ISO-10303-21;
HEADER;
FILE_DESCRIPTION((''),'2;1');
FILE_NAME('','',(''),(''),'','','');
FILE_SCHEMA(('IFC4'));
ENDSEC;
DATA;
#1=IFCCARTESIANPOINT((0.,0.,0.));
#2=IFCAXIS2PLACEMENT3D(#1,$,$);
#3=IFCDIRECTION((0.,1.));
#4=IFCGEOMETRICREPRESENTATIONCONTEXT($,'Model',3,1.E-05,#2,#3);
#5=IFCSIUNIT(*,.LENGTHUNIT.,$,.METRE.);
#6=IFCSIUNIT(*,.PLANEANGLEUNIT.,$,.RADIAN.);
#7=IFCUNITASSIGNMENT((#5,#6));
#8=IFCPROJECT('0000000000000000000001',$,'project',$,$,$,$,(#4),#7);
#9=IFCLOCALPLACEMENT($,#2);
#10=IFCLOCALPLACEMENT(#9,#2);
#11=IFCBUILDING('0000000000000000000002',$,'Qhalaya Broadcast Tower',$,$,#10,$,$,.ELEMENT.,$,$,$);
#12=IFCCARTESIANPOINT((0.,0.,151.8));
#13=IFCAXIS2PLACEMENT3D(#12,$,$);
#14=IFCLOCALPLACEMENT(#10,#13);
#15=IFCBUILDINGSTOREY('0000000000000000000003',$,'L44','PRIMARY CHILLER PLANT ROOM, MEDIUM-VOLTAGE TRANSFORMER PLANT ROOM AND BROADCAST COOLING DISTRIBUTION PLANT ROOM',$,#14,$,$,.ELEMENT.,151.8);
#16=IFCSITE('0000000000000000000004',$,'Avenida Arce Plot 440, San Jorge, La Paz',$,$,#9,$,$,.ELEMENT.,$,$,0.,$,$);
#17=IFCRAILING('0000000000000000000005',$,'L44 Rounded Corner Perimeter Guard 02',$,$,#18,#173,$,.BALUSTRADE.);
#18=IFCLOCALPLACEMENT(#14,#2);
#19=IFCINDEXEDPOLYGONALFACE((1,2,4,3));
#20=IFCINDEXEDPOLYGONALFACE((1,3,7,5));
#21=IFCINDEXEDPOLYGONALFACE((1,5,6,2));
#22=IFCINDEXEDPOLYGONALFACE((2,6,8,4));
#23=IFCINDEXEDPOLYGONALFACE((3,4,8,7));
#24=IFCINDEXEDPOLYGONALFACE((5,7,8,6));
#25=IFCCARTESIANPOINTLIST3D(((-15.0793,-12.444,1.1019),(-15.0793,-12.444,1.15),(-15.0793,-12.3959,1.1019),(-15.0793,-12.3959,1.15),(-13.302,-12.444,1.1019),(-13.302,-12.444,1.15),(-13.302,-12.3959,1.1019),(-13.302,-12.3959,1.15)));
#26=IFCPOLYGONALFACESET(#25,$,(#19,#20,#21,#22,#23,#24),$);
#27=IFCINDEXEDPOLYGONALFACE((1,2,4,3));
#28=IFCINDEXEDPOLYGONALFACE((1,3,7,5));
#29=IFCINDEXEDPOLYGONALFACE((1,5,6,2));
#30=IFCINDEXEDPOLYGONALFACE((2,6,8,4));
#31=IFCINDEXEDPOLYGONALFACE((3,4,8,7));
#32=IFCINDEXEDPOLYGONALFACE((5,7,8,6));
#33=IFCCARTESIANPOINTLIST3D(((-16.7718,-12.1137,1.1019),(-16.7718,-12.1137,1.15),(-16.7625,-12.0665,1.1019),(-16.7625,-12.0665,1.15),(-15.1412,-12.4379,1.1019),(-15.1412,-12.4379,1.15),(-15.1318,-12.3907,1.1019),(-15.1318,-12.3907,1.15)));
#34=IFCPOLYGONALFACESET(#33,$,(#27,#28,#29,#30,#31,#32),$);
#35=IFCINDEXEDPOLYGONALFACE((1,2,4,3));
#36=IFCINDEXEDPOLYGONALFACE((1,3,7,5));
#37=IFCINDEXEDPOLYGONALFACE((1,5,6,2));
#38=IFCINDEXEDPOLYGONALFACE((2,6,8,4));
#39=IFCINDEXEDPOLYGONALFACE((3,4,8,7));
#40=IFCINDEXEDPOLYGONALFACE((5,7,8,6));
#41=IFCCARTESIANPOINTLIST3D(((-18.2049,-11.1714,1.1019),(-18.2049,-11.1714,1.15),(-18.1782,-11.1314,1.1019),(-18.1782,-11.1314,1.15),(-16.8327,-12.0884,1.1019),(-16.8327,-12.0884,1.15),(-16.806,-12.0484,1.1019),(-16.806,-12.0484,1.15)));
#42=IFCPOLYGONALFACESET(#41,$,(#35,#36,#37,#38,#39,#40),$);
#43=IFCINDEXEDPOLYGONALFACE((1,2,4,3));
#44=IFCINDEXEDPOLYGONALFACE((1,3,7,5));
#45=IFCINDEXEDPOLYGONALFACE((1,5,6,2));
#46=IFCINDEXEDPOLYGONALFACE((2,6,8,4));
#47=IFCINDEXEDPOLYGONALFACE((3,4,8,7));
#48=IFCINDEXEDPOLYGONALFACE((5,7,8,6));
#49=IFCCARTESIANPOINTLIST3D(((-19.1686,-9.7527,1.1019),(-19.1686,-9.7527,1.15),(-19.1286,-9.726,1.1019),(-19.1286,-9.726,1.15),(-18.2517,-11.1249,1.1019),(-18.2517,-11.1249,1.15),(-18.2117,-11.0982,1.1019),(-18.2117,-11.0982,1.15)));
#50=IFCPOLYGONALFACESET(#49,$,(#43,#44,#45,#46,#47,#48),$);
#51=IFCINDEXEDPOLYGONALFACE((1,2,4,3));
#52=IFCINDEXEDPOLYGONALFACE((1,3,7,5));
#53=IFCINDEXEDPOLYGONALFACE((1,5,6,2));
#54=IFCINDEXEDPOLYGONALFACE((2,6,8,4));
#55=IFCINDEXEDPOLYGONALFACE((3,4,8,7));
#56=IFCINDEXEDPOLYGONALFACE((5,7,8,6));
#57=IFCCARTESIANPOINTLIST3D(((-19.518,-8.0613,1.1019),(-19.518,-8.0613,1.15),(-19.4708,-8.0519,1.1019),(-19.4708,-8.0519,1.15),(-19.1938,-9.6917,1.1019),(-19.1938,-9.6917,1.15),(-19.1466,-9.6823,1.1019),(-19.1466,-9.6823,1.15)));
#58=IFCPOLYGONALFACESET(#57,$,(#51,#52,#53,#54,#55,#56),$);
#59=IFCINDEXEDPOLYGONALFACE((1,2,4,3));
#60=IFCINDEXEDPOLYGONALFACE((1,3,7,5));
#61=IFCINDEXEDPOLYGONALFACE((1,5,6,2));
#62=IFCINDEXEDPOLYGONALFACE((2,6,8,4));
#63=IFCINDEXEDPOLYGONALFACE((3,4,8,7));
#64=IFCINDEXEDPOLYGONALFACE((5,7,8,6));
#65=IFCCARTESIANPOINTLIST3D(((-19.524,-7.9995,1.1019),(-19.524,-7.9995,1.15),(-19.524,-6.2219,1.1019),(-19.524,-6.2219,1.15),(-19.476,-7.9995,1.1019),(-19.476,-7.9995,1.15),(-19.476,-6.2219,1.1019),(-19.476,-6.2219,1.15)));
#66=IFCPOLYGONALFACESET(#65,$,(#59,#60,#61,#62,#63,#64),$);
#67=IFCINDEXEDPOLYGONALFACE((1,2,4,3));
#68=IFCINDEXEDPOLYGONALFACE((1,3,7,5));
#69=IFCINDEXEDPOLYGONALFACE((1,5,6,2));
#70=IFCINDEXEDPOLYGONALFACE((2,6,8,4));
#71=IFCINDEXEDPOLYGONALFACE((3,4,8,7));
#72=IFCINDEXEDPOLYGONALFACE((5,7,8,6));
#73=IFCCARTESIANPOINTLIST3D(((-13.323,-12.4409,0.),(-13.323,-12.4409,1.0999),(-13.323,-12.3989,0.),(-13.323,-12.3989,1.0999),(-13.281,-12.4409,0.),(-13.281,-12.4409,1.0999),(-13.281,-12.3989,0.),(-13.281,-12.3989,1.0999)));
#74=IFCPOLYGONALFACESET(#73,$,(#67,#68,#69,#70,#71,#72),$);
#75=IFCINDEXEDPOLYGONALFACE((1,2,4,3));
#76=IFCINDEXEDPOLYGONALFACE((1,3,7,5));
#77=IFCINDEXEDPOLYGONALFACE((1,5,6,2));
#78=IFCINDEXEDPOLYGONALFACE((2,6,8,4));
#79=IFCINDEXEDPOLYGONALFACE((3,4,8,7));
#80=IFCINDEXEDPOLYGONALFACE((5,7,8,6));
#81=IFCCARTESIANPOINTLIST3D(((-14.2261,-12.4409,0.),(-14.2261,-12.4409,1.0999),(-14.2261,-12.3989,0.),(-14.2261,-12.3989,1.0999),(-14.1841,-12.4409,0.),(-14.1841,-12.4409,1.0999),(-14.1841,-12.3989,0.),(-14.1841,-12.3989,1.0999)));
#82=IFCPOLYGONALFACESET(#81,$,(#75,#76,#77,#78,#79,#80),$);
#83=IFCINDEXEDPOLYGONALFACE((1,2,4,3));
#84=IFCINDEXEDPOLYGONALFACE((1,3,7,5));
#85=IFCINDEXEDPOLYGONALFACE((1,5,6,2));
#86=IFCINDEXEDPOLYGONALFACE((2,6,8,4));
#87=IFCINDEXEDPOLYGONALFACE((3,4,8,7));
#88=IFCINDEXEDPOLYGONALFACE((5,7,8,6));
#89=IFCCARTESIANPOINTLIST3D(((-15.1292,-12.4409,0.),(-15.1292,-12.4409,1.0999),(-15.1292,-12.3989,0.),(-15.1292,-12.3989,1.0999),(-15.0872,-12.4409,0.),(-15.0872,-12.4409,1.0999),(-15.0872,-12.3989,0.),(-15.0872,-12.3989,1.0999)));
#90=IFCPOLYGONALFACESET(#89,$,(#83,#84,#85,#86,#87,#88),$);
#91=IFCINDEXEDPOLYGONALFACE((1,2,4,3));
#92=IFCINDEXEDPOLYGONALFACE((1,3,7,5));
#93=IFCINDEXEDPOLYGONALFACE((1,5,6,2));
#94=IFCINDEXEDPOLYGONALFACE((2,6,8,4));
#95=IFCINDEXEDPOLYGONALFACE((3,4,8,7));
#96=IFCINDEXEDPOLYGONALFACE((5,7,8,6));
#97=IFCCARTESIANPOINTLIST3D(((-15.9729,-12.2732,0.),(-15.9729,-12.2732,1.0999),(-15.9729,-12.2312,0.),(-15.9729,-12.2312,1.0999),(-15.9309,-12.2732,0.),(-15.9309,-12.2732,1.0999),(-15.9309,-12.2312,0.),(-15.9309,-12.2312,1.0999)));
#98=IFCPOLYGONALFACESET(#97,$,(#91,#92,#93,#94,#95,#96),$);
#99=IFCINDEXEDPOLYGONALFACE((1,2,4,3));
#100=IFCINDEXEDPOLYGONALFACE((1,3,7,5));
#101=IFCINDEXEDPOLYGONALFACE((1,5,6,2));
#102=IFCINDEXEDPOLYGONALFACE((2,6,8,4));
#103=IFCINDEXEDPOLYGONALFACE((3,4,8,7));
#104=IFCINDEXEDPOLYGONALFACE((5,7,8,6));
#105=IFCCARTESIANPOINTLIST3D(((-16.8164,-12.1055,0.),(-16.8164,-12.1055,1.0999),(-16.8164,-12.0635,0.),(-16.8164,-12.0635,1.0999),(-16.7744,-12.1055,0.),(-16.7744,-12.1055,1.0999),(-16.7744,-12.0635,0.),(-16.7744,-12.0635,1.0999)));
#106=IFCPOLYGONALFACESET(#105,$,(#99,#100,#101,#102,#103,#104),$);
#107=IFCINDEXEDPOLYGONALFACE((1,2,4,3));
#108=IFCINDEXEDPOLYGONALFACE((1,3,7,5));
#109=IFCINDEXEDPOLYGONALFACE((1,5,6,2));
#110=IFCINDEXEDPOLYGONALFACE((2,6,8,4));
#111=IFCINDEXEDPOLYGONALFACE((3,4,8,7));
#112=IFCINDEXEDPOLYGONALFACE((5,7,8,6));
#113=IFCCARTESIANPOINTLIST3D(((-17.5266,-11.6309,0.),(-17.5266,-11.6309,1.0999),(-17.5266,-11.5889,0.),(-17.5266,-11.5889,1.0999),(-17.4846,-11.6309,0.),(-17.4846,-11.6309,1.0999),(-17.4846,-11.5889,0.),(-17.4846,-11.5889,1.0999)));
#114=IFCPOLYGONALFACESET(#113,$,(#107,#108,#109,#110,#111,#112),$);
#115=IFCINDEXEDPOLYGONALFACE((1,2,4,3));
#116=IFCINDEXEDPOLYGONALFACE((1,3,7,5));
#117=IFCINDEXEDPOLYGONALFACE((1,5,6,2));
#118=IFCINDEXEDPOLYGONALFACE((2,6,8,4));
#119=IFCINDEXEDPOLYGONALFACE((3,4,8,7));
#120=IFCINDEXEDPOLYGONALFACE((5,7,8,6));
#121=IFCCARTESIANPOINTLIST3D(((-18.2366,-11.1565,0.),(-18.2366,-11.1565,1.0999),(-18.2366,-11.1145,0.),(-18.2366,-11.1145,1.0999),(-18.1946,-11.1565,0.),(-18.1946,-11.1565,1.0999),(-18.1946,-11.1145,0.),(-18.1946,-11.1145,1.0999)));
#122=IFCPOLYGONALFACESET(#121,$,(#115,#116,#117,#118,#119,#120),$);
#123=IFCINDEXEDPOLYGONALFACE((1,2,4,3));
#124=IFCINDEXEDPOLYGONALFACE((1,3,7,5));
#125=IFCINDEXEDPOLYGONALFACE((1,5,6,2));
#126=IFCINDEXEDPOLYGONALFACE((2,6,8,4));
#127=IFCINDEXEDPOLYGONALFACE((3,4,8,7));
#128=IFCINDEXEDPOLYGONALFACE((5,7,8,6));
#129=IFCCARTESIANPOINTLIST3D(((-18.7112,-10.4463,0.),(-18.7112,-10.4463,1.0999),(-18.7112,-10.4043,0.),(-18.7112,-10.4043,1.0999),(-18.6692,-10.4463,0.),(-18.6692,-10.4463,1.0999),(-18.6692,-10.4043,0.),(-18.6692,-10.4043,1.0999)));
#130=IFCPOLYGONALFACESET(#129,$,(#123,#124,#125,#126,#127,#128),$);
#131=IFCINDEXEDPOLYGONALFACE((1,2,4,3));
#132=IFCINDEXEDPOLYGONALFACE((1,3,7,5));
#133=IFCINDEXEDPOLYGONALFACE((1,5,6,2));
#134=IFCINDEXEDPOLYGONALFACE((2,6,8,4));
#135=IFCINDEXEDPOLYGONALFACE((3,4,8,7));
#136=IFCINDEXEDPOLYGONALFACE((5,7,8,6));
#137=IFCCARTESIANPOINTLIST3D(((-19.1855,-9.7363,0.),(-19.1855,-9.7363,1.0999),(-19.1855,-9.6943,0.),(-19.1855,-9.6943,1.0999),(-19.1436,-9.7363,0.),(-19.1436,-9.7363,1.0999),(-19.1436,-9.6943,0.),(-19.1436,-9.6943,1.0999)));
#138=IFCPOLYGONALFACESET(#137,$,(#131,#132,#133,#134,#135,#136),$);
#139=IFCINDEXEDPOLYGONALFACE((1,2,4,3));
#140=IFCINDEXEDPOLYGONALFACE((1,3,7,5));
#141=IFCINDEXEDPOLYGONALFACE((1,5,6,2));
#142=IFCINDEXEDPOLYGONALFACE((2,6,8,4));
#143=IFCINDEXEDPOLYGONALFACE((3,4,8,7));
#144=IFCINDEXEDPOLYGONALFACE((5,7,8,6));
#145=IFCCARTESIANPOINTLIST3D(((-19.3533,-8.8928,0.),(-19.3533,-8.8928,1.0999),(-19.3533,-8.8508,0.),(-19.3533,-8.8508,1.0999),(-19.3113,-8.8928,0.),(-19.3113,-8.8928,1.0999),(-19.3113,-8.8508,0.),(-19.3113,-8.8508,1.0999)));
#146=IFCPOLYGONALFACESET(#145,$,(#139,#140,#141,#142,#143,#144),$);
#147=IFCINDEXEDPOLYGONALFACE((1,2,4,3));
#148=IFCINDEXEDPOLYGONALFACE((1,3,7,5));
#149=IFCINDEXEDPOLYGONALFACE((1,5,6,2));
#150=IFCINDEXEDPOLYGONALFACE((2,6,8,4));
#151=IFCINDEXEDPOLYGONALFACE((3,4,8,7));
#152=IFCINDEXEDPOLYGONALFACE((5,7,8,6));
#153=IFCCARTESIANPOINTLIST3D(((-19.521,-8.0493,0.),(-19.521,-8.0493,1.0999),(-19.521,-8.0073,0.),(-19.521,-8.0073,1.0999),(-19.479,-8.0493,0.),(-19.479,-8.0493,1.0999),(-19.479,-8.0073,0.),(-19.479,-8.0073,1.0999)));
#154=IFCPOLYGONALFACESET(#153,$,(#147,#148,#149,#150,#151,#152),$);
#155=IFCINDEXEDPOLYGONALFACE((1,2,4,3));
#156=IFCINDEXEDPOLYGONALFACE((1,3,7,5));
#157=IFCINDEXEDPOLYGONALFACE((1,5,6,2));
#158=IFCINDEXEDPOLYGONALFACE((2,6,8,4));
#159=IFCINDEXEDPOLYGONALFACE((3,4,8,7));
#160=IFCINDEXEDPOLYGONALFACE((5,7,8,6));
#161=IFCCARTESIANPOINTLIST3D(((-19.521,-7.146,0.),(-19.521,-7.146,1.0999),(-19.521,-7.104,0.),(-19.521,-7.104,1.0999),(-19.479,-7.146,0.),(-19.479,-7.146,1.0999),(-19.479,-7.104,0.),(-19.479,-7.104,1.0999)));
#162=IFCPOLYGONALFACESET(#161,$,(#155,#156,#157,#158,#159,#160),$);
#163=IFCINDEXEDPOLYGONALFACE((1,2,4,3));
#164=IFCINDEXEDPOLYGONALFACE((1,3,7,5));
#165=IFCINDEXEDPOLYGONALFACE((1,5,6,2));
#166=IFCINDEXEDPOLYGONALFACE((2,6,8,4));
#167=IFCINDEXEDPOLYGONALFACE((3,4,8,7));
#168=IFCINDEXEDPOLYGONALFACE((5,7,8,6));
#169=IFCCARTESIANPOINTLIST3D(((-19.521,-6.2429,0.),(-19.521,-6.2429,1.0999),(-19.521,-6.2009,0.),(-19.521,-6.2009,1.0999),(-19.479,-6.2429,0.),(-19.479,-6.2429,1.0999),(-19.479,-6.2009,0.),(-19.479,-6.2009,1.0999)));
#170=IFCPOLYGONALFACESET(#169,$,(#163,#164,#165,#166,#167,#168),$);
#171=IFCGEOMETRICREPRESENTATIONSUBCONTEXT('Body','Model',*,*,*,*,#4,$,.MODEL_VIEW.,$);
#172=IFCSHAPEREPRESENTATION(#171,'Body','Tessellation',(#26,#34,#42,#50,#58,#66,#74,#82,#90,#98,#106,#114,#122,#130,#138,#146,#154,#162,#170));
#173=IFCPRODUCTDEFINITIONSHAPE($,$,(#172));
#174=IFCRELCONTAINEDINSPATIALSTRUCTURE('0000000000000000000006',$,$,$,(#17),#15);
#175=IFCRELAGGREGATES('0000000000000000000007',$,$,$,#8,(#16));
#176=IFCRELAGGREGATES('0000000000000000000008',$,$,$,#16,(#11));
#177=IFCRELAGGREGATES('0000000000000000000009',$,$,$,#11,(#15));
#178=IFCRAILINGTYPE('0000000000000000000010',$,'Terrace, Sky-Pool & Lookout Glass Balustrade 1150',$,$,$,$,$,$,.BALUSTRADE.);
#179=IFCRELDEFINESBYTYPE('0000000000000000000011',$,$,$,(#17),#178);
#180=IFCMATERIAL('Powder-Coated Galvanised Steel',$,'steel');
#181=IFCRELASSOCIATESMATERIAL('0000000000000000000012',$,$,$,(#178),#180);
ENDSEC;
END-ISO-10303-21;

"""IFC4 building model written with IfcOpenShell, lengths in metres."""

from ifc_helpers import new_model, si_unit, direction, frame, origin, origin_2d, place, context, subcontext, project, spatial, rectangle, extrude, material, type_object, element, save


model = new_model("IFC4")

# Units and contexts
model_context = context("Model", 3, precision=1e-05, world=origin(), true_north=direction((0.0, 1.0)))
body_context = subcontext(model_context, "Body", "Model", "MODEL_VIEW")
ifc_project = project(units=[si_unit("LENGTHUNIT", "METRE"), si_unit("PLANEANGLEUNIT", "RADIAN")], contexts=[model_context])

# Site, building, storey
site_placement = place(None, origin())
site = spatial("IfcSite", under=ifc_project, at=site_placement, Name="Avenida Arce Plot 440, San Jorge, La Paz", CompositionType="ELEMENT", RefElevation=0.0)
building_placement = place(site_placement, origin())
building = spatial("IfcBuilding", under=site, at=building_placement, Name="Qhalaya Broadcast Tower", CompositionType="ELEMENT")
storey_placement = place(building_placement, frame((0.0, 0.0, 151.8)))
storey = spatial("IfcBuildingStorey", under=building, at=storey_placement, Name="L44", Description="PRIMARY CHILLER PLANT ROOM, MEDIUM-VOLTAGE TRANSFORMER PLANT ROOM AND BROADCAST COOLING DISTRIBUTION PLANT ROOM", CompositionType="ELEMENT", Elevation=151.8)

# Railing
ifc_material_1 = material(Name="Powder-Coated Galvanised Steel", Category="steel")
railing_type = type_object("IfcRailingType", Name="Terrace, Sky-Pool & Lookout Glass Balustrade 1150", PredefinedType="BALUSTRADE", material=ifc_material_1)
railing_placement = place(storey_placement, frame((-13.302, -12.4199, 0.0)))
element("IfcRailing", 1, at=railing_placement, inside=storey, type_object=railing_type, Name="L44 Rounded Corner Perimeter Guard 02", PredefinedType="BALUSTRADE", context=body_context, shape_type="SweptSolid", body=[
    extrude(rectangle(XDim=0.0481, YDim=0.0481, at=origin_2d()), frame((0.0, 0.0, 1.126), z_axis=(-1.0, 0.0, 0.0), x_axis=(0.0, -1.0, 0.0)), (0.0, 0.0, 1.0), 1.7773),
    extrude(rectangle(XDim=0.0481, YDim=0.0481, at=origin_2d()), frame((-1.8345, 0.0056, 1.126), z_axis=(-0.980804, 0.194997, 0.0), x_axis=(-0.194997, -0.980804, 0.0)), (0.0, 0.0, 1.0), 1.6626),
    extrude(rectangle(XDim=0.0481, YDim=0.0481, at=origin_2d()), frame((-3.5173, 0.3516, 1.126), z_axis=(-0.831456, 0.55559, 0.0), x_axis=(-0.55559, -0.831456, 0.0)), (0.0, 0.0, 1.0), 1.6504),
    extrude(rectangle(XDim=0.0481, YDim=0.0481, at=origin_2d()), frame((-4.9297, 1.3083, 1.126), z_axis=(-0.55559, 0.831456, 0.0), x_axis=(-0.831456, -0.55559, 0.0)), (0.0, 0.0, 1.0), 1.6504),
    extrude(rectangle(XDim=0.0481, YDim=0.0481, at=origin_2d()), frame((-5.8682, 2.7329, 1.126), z_axis=(-0.195024, 0.980798, 0.0), x_axis=(-0.980798, -0.195024, 0.0)), (0.0, 0.0, 1.0), 1.6624),
    extrude(rectangle(XDim=0.0481, YDim=0.0481, at=origin_2d()), frame((-6.198, 4.4204, 1.126), z_axis=(0.0, 1.0, 0.0), x_axis=(-1.0, 0.0, 0.0)), (0.0, 0.0, 1.0), 1.7776),
    extrude(rectangle(XDim=0.042, YDim=0.042, at=origin_2d()), origin(), (0.0, 0.0, 1.0), 1.0999),
    extrude(rectangle(XDim=0.042, YDim=0.042, at=origin_2d()), frame((-0.9031, 0.0, 0.0)), (0.0, 0.0, 1.0), 1.0999),
    extrude(rectangle(XDim=0.042, YDim=0.042, at=origin_2d()), frame((-1.8062, 0.0, 0.0)), (0.0, 0.0, 1.0), 1.0999),
    extrude(rectangle(XDim=0.042, YDim=0.042, at=origin_2d()), frame((-2.6499, 0.1677, 0.0)), (0.0, 0.0, 1.0), 1.0999),
    extrude(rectangle(XDim=0.042, YDim=0.042, at=origin_2d()), frame((-3.4934, 0.3354, 0.0)), (0.0, 0.0, 1.0), 1.0999),
    extrude(rectangle(XDim=0.042, YDim=0.042, at=origin_2d()), frame((-4.2036, 0.8101, 0.0)), (0.0, 0.0, 1.0), 1.0999),
    extrude(rectangle(XDim=0.042, YDim=0.042, at=origin_2d()), frame((-4.9136, 1.2844, 0.0)), (0.0, 0.0, 1.0), 1.0999),
    extrude(rectangle(XDim=0.042, YDim=0.042, at=origin_2d()), frame((-5.3882, 1.9946, 0.0)), (0.0, 0.0, 1.0), 1.0999),
    extrude(rectangle(XDim=0.042, YDim=0.042, at=origin_2d()), frame((-5.8625, 2.7046, 0.0)), (0.0, 0.0, 1.0), 1.0999),
    extrude(rectangle(XDim=0.042, YDim=0.042, at=origin_2d()), frame((-6.0303, 3.5481, 0.0)), (0.0, 0.0, 1.0), 1.0999),
    extrude(rectangle(XDim=0.042, YDim=0.042, at=origin_2d()), frame((-6.198, 4.3916, 0.0)), (0.0, 0.0, 1.0), 1.0999),
    extrude(rectangle(XDim=0.042, YDim=0.042, at=origin_2d()), frame((-6.198, 5.2949, 0.0)), (0.0, 0.0, 1.0), 1.0999),
    extrude(rectangle(XDim=0.042, YDim=0.042, at=origin_2d()), frame((-6.198, 6.198, 0.0)), (0.0, 0.0, 1.0), 1.0999),
])

save(model, "model.ifc")
